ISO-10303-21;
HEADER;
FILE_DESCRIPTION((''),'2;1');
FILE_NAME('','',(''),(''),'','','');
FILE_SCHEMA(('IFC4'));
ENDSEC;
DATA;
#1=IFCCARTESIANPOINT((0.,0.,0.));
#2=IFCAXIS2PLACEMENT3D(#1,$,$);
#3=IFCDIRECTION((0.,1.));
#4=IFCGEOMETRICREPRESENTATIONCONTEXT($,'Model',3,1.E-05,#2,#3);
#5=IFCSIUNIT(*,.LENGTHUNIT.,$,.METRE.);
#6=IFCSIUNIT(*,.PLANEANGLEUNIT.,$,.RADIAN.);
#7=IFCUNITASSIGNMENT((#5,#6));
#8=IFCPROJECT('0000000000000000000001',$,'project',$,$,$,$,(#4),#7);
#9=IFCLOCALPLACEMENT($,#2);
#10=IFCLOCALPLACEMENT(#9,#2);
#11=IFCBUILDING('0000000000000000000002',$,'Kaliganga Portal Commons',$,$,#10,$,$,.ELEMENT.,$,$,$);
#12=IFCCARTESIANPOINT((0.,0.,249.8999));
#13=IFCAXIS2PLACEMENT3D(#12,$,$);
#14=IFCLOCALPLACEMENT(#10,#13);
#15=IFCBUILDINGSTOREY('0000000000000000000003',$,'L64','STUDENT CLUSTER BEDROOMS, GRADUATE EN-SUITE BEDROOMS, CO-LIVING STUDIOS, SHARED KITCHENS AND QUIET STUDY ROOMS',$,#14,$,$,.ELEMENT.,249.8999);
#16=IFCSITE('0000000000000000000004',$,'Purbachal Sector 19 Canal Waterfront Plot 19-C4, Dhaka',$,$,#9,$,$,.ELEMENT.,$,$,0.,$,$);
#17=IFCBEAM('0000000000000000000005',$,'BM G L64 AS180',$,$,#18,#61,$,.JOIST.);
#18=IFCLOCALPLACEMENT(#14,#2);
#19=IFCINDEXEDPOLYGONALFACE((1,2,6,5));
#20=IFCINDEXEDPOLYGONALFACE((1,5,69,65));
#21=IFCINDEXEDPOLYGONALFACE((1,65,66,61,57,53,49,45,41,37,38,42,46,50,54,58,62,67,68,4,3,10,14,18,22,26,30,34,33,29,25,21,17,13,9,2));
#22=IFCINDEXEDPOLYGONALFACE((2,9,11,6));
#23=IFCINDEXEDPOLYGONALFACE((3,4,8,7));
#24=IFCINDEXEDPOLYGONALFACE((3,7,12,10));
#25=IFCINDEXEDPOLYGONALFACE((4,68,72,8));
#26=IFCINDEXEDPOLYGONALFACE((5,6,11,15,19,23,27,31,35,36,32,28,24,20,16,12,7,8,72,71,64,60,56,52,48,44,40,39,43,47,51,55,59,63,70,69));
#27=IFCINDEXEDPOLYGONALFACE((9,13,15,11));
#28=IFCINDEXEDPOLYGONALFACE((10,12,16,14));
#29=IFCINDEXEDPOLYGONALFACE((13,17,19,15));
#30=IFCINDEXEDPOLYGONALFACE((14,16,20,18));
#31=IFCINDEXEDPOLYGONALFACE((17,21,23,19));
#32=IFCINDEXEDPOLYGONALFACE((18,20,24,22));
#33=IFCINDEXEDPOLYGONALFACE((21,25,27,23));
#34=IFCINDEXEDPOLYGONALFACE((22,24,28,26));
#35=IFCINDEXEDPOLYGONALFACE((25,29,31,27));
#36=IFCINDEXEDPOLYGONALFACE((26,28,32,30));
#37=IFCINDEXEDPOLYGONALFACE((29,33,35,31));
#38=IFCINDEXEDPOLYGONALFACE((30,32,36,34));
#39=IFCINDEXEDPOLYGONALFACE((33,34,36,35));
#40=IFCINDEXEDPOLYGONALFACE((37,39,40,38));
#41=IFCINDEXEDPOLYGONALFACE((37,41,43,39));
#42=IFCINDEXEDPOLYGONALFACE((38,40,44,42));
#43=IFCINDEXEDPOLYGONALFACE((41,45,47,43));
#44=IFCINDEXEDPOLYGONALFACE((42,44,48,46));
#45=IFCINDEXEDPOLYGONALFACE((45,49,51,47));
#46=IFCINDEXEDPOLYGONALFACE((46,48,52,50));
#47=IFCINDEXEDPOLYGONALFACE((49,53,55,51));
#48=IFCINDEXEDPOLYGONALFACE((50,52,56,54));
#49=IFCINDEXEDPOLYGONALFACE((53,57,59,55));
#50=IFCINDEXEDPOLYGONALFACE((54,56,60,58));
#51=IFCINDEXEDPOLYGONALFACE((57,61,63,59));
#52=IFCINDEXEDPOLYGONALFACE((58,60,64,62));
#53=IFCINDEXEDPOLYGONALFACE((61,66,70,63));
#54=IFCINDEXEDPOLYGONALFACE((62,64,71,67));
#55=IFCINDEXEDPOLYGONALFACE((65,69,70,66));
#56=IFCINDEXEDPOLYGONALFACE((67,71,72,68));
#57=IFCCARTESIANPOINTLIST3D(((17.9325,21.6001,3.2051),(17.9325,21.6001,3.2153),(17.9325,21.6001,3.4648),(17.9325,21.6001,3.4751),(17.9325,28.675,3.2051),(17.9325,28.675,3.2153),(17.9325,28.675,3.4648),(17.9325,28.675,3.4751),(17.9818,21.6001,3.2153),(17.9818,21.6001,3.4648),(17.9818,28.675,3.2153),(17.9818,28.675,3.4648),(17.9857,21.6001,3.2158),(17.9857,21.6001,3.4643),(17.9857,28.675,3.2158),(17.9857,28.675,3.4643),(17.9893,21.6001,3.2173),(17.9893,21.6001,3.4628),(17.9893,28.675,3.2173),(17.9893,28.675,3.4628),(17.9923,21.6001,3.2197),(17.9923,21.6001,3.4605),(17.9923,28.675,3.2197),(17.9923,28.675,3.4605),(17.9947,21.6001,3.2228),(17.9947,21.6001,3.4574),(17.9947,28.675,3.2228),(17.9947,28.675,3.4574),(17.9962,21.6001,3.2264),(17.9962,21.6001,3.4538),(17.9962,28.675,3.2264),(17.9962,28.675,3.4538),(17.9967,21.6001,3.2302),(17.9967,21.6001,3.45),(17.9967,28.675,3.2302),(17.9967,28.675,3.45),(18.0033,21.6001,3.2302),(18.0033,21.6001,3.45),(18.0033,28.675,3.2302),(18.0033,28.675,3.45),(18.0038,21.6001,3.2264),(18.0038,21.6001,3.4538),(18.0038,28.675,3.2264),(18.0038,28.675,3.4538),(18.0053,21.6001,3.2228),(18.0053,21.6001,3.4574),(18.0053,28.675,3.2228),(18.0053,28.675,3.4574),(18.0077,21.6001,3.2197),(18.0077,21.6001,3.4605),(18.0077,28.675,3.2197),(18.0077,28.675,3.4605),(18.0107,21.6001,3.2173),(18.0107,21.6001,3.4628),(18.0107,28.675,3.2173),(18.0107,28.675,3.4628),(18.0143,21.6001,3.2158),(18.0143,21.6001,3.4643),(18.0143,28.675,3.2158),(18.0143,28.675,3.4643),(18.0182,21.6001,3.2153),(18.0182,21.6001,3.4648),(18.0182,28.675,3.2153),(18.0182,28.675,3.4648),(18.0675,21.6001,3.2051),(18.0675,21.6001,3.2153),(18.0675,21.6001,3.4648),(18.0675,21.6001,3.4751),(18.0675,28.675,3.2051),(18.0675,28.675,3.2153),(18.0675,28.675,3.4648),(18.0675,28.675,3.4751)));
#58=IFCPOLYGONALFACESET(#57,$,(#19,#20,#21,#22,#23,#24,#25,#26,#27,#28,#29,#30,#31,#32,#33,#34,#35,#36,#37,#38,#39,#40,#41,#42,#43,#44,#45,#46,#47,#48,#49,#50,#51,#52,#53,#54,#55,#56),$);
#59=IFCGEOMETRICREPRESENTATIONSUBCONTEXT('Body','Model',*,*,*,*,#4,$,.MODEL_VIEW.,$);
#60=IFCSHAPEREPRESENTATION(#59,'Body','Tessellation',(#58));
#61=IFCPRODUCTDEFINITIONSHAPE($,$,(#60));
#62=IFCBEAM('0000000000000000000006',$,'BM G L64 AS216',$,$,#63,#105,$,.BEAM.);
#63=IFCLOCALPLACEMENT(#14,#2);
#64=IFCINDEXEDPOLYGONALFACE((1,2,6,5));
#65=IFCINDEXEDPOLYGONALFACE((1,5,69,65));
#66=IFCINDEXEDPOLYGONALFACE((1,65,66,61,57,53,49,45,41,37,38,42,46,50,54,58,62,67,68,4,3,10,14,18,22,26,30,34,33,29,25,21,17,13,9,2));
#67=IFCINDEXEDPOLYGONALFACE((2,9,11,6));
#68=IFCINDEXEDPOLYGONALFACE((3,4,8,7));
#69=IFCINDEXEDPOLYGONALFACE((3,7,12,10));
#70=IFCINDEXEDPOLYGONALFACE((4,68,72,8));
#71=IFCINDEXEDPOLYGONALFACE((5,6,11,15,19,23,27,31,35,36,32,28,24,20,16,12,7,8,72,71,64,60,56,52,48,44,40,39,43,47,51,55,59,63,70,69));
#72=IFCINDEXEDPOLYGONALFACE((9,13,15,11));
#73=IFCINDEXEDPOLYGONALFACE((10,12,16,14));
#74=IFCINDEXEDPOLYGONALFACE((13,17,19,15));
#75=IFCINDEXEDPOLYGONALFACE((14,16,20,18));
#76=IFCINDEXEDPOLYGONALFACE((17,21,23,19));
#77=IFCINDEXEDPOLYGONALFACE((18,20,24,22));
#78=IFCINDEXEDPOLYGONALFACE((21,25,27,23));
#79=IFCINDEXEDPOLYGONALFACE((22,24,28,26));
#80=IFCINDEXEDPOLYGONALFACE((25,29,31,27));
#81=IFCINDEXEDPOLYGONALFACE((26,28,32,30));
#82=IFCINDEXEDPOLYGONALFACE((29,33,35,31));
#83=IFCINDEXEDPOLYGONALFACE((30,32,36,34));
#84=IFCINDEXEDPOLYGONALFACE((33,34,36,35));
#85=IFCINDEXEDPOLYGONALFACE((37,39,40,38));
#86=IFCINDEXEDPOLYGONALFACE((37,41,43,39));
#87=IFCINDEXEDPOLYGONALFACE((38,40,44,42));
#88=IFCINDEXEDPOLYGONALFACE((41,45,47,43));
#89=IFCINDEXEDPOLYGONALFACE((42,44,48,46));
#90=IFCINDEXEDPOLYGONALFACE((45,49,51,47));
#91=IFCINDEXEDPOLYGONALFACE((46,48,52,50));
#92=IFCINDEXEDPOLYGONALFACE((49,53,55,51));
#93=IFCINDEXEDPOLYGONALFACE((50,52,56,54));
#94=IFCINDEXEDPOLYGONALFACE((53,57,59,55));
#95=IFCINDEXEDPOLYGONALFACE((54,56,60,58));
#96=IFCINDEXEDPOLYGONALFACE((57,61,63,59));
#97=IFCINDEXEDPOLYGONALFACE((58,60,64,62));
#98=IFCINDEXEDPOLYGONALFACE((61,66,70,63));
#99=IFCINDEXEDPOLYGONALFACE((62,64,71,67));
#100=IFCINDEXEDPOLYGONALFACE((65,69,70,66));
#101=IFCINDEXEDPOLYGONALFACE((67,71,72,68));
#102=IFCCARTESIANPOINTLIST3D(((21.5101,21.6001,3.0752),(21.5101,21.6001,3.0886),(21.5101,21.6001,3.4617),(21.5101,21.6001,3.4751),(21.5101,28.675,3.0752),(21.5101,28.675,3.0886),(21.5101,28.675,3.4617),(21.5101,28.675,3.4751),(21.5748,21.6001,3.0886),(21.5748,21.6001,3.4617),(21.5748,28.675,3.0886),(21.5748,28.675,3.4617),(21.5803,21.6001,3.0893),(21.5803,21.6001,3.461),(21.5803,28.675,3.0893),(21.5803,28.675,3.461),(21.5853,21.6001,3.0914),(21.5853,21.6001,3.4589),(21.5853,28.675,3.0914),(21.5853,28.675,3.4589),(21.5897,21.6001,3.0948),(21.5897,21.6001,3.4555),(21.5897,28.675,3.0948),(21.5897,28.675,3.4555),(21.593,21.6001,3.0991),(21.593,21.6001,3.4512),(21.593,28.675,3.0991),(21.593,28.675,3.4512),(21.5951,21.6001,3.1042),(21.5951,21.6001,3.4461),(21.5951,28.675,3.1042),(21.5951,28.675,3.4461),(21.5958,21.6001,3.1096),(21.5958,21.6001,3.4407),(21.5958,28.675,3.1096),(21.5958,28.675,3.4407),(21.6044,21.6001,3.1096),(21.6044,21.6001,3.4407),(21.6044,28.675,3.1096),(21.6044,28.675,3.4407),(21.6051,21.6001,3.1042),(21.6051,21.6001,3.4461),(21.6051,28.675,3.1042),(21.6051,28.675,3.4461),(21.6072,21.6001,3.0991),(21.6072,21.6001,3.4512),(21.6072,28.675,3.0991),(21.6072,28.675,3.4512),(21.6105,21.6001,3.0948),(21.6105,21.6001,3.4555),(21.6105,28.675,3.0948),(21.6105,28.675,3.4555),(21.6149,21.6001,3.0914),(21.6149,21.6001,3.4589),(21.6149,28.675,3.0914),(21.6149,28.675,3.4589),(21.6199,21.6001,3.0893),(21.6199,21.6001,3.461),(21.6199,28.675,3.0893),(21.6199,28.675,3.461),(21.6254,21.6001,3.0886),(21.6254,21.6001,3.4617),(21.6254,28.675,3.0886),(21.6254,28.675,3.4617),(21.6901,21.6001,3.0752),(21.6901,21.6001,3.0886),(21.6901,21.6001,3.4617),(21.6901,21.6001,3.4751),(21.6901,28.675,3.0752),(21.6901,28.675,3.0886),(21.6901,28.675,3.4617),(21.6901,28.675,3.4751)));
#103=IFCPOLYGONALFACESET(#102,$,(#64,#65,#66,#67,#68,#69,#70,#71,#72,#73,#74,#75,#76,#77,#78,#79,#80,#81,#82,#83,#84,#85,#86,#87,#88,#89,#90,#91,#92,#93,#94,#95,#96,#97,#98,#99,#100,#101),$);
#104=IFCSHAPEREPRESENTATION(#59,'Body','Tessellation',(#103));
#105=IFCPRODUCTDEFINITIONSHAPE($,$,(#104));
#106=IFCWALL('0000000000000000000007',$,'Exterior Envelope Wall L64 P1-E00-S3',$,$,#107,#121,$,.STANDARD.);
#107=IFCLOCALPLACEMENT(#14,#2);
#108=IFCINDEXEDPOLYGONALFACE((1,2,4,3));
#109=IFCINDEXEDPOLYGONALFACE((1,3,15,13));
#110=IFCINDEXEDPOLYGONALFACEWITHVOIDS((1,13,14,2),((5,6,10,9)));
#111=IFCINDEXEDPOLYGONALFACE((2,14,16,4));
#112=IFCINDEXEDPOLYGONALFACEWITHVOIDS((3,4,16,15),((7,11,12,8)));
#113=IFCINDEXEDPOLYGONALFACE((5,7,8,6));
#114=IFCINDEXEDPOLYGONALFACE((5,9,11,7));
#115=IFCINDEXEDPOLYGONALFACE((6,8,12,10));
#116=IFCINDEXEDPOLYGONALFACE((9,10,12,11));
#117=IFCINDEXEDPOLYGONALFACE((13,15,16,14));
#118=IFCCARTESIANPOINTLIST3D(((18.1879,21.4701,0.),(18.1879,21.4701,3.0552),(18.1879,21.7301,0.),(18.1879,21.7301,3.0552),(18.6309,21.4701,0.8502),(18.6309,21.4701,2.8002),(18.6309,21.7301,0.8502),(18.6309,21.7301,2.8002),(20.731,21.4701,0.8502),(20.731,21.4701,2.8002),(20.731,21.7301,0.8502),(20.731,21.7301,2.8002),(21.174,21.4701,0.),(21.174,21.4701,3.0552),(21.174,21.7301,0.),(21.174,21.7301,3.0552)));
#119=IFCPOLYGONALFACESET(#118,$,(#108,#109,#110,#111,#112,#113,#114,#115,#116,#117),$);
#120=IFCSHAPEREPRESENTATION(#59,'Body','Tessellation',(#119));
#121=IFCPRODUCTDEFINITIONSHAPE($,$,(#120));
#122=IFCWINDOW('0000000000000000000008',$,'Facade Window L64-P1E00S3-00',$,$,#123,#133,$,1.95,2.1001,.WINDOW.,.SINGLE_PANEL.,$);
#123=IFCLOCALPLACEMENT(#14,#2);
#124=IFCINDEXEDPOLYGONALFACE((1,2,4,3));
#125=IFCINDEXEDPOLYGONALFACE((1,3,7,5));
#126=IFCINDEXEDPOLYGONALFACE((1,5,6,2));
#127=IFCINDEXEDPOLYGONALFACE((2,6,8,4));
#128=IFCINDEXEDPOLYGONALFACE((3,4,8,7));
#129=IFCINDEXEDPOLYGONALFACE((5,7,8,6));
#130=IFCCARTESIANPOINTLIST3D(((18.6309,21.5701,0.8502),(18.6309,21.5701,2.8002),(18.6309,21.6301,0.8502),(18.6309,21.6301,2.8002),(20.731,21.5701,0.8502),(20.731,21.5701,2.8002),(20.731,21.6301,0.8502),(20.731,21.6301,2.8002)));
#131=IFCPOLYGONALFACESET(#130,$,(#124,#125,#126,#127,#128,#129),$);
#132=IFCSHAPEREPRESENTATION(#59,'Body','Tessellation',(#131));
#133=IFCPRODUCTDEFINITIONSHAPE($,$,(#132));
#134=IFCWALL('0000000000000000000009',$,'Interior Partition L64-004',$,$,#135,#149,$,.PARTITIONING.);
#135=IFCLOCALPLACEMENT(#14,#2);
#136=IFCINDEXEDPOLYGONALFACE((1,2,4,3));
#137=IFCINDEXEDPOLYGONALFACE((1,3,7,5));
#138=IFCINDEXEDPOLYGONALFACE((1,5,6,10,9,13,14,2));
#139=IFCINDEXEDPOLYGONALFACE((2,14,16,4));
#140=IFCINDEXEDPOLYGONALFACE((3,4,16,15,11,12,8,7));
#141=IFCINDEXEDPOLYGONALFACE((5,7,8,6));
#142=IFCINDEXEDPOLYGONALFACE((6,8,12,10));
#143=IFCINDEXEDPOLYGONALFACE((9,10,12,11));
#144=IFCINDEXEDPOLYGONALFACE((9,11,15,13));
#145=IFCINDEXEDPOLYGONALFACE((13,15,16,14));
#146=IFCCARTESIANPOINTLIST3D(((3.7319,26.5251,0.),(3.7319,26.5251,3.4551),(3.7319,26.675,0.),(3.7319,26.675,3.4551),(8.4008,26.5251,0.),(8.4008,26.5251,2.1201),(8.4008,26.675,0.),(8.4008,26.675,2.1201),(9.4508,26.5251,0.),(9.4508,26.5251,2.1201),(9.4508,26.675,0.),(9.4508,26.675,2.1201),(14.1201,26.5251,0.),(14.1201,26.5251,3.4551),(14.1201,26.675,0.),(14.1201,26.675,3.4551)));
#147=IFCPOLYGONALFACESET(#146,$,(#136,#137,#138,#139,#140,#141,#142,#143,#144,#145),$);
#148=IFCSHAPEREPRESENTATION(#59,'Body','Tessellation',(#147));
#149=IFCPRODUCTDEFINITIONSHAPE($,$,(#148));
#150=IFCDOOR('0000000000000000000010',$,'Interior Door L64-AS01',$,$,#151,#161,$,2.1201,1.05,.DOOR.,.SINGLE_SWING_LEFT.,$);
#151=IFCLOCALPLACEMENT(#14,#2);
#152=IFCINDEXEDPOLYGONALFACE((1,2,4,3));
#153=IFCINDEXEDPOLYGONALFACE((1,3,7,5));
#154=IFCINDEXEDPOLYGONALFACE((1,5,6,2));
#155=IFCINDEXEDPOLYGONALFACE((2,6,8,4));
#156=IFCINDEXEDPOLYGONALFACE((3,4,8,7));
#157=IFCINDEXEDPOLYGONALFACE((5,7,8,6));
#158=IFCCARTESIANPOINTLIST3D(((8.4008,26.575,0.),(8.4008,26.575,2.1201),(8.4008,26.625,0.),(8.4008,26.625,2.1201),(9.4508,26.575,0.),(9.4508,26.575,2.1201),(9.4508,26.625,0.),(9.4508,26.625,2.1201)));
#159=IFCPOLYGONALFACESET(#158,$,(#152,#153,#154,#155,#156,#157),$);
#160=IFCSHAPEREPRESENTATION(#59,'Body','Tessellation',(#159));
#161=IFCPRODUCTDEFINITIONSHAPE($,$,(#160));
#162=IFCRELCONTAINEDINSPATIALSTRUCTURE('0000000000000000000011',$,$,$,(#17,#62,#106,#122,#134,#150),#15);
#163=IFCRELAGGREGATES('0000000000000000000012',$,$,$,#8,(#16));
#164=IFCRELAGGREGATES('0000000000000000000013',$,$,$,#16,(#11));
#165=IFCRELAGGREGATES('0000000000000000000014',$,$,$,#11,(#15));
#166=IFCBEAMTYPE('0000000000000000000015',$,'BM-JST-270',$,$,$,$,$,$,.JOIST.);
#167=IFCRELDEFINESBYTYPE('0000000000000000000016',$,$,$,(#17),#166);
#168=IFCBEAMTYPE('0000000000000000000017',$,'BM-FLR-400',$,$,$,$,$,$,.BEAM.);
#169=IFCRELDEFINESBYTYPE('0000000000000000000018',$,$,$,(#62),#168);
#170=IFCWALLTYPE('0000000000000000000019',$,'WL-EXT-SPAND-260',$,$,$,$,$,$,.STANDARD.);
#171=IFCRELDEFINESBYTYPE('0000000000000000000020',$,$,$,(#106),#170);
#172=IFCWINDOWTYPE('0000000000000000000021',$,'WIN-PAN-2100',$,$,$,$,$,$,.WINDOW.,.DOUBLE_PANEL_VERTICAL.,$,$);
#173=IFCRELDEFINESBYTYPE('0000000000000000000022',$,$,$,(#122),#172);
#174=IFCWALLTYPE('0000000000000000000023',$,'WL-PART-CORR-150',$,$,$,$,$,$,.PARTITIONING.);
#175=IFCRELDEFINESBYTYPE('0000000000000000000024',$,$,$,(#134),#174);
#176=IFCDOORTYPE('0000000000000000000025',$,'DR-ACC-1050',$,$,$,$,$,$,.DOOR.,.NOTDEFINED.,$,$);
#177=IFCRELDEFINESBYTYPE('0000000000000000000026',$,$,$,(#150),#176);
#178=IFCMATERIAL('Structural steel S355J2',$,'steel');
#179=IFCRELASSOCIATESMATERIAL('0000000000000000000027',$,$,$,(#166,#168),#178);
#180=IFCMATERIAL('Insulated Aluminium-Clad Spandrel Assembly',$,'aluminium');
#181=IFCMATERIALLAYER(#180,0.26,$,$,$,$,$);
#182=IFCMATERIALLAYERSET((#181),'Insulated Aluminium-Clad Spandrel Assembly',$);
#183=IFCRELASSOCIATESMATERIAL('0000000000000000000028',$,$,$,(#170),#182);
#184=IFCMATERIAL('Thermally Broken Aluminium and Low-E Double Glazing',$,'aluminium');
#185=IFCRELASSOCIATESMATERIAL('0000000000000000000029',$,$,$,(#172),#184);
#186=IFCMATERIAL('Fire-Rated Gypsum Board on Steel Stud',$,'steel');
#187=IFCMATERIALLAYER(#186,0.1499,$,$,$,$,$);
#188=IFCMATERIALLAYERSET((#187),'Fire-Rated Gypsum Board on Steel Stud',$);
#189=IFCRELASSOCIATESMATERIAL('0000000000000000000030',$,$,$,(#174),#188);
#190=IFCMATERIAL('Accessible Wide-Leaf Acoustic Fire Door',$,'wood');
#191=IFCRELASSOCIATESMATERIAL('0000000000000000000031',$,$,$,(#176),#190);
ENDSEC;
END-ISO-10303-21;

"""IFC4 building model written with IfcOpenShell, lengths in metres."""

from ifc_helpers import new_model, si_unit, direction, frame, frame_2d, origin, origin_2d, place, context, subcontext, project, spatial, rectangle, i_section, extrude, source, transform, mapped, material, layer, layer_set, material_profile, profile_set, type_object, element, fill, save


model = new_model("IFC4")

# Units and contexts
model_context = context("Model", 3, precision=1e-05, world=origin(), true_north=direction((0.0, 1.0)))
body_context = subcontext(model_context, "Body", "Model", "MODEL_VIEW")
ifc_project = project(units=[si_unit("LENGTHUNIT", "METRE"), si_unit("PLANEANGLEUNIT", "RADIAN")], contexts=[model_context])

# Site, building, storey
site_placement = place(None, origin())
site = spatial("IfcSite", under=ifc_project, at=site_placement, Name="Purbachal Sector 19 Canal Waterfront Plot 19-C4, Dhaka", CompositionType="ELEMENT", RefElevation=0.0)
building_placement = place(site_placement, origin())
building = spatial("IfcBuilding", under=site, at=building_placement, Name="Kaliganga Portal Commons", CompositionType="ELEMENT")
storey_placement = place(building_placement, frame((0.0, 0.0, 249.8999)))
storey = spatial("IfcBuildingStorey", under=building, at=storey_placement, Name="L64", Description="STUDENT CLUSTER BEDROOMS, GRADUATE EN-SUITE BEDROOMS, CO-LIVING STUDIOS, SHARED KITCHENS AND QUIET STUDY ROOMS", CompositionType="ELEMENT", Elevation=249.8999)

# Shared definitions
ifc_material_1 = material(Name="Structural steel S355J2", Category="steel")

# Beams
ifc_material_profile_1 = material_profile(ifc_material_1, i_section(OverallWidth=0.135, OverallDepth=0.27, WebThickness=0.0066, FlangeThickness=0.0103, FilletRadius=0.0149, at=origin_2d()), Name="IPE 270")
ifc_profile_set_1 = profile_set([ifc_material_profile_1], Name="Structural steel S355J2 wide-flange")
beam_type_1 = type_object("IfcBeamType", Name="BM-JST-270", PredefinedType="JOIST", material=ifc_profile_set_1)
shared_shape_1 = source(origin(), body_context, "Body", "SweptSolid", [
    extrude(i_section(OverallWidth=0.135, OverallDepth=0.27, WebThickness=0.0066, FlangeThickness=0.0103, FilletRadius=0.0149, at=origin_2d()), origin(), (0.0, 0.0, 1.0), 7.075),
])
beam_1_placement = place(storey_placement, frame((18.0, 21.6001, 3.3401), z_axis=(0.0, 1.0, 0.0), x_axis=(-1.0, 0.0, 0.0)))
element("IfcBeam", 1, at=beam_1_placement, inside=storey, type_object=beam_type_1, Name="BM G L64 AS180", PredefinedType="JOIST", context=body_context, shape_type="MappedRepresentation", body=[
    mapped(shared_shape_1, transform((0.0, 0.0, 0.0), x_axis=(1.0, 0.0, 0.0), y_axis=(0.0, 1.0, 0.0), z_axis=(0.0, 0.0, 1.0), scale=1.0)),
])
ifc_material_profile_2 = material_profile(ifc_material_1, i_section(OverallWidth=0.1799, OverallDepth=0.3999, WebThickness=0.0085, FlangeThickness=0.0134, FilletRadius=0.021, at=origin_2d()), Name="IPE 400")
ifc_profile_set_2 = profile_set([ifc_material_profile_2], Name="Structural steel S355J2 wide-flange")
beam_type_2 = type_object("IfcBeamType", Name="BM-FLR-400", PredefinedType="BEAM", material=ifc_profile_set_2)
shared_shape_2 = source(origin(), body_context, "Body", "SweptSolid", [
    extrude(i_section(OverallWidth=0.1799, OverallDepth=0.3999, WebThickness=0.0085, FlangeThickness=0.0134, FilletRadius=0.021, at=origin_2d()), origin(), (0.0, 0.0, 1.0), 7.075),
])
beam_2_placement = place(storey_placement, frame((21.6001, 21.6001, 3.2751), z_axis=(0.0, 1.0, 0.0), x_axis=(-1.0, 0.0, 0.0)))
element("IfcBeam", 2, at=beam_2_placement, inside=storey, type_object=beam_type_2, Name="BM G L64 AS216", PredefinedType="BEAM", context=body_context, shape_type="MappedRepresentation", body=[
    mapped(shared_shape_2, transform((0.0, 0.0, 0.0), x_axis=(1.0, 0.0, 0.0), y_axis=(0.0, 1.0, 0.0), z_axis=(0.0, 0.0, 1.0), scale=1.0)),
])

# Wall, opening, window
ifc_material_2 = material(Name="Insulated Aluminium-Clad Spandrel Assembly", Category="aluminium")
ifc_layer_1 = layer(ifc_material_2, 0.26)
ifc_layer_set_1 = layer_set([ifc_layer_1], Name="Insulated Aluminium-Clad Spandrel Assembly")
wall_type_1 = type_object("IfcWallType", Name="WL-EXT-SPAND-260", PredefinedType="STANDARD", material=ifc_layer_set_1)
wall_1_placement = place(storey_placement, frame((21.1741, 21.6001, 0.0), z_axis=(0.0, 0.0, 1.0), x_axis=(-1.0, 0.0, 0.0)))
wall_1 = element("IfcWall", 3, at=wall_1_placement, inside=storey, type_object=wall_type_1, Name="Exterior Envelope Wall L64 P1-E00-S3", PredefinedType="STANDARD", context=body_context, shape_type="SweptSolid", body=[
    extrude(rectangle(XDim=2.9861, YDim=0.26, at=frame_2d((1.4932, 0.0))), origin(), (0.0, 0.0, 1.0), 3.0552),
])
opening_1_placement = place(wall_1_placement, frame((0.4431, 0.0, 0.8501)))
opening_1 = element("IfcOpeningElement", 4, at=opening_1_placement, cuts=wall_1, PredefinedType="OPENING", context=body_context, shape_type="SweptSolid", body=[
    extrude(rectangle(XDim=2.1001, YDim=1.95, at=frame_2d((1.05, 0.9751))), frame((0.0, 0.1401, 0.0), z_axis=(0.0, -1.0, 0.0), x_axis=(1.0, 0.0, 0.0)), (0.0, 0.0, 1.0), 0.28),
])
ifc_material_3 = material(Name="Thermally Broken Aluminium and Low-E Double Glazing", Category="aluminium")
window_type = type_object("IfcWindowType", Name="WIN-PAN-2100", PartitioningType="DOUBLE_PANEL_VERTICAL", PredefinedType="WINDOW", material=ifc_material_3)
window_placement = place(opening_1_placement, origin())
window = element("IfcWindow", 5, at=window_placement, inside=storey, type_object=window_type, Name="Facade Window L64-P1E00S3-00", OverallHeight=1.95, OverallWidth=2.1001, PartitioningType="SINGLE_PANEL", PredefinedType="WINDOW", context=body_context, shape_type="SweptSolid", body=[
    extrude(rectangle(XDim=2.1001, YDim=1.95, at=frame_2d((1.05, 0.9751))), frame((0.0, 0.03, 0.0), z_axis=(0.0, -1.0, 0.0), x_axis=(1.0, 0.0, 0.0)), (0.0, 0.0, 1.0), 0.0601),
])
fill(opening_1, window)

# Wall, opening, door
ifc_material_4 = material(Name="Fire-Rated Gypsum Board on Steel Stud", Category="steel")
ifc_layer_2 = layer(ifc_material_4, 0.1499)
ifc_layer_set_2 = layer_set([ifc_layer_2], Name="Fire-Rated Gypsum Board on Steel Stud")
wall_type_2 = type_object("IfcWallType", Name="WL-PART-CORR-150", PredefinedType="PARTITIONING", material=ifc_layer_set_2)
wall_2_placement = place(storey_placement, frame((3.7319, 26.6001, 0.0), z_axis=(0.0, 0.0, 1.0), x_axis=(1.0, 0.0, 0.0)))
wall_2 = element("IfcWall", 6, at=wall_2_placement, inside=storey, type_object=wall_type_2, Name="Interior Partition L64-004", PredefinedType="PARTITIONING", context=body_context, shape_type="SweptSolid", body=[
    extrude(rectangle(XDim=10.3882, YDim=0.1499, at=frame_2d((5.1941, 0.0))), origin(), (0.0, 0.0, 1.0), 3.4551),
])
opening_2_placement = place(wall_2_placement, frame((4.6689, 0.0, 0.0)))
opening_2 = element("IfcOpeningElement", 7, at=opening_2_placement, cuts=wall_2, PredefinedType="OPENING", context=body_context, shape_type="SweptSolid", body=[
    extrude(rectangle(XDim=1.05, YDim=2.1201, at=frame_2d((0.5249, 1.0601))), frame((0.0, 0.085, 0.0), z_axis=(0.0, -1.0, 0.0), x_axis=(1.0, 0.0, 0.0)), (0.0, 0.0, 1.0), 0.1699),
])
ifc_material_5 = material(Name="Accessible Wide-Leaf Acoustic Fire Door", Category="wood")
door_type_1 = type_object("IfcDoorType", Name="DR-ACC-1050", OperationType="NOTDEFINED", PredefinedType="DOOR", material=ifc_material_5)
door_1_placement = place(opening_2_placement, origin())
door_1 = element("IfcDoor", 8, at=door_1_placement, inside=storey, type_object=door_type_1, Name="Interior Door L64-AS01", OperationType="SINGLE_SWING_LEFT", OverallHeight=2.1201, OverallWidth=1.05, PredefinedType="DOOR", context=body_context, shape_type="SweptSolid", body=[
    extrude(rectangle(XDim=1.05, YDim=2.1201, at=frame_2d((0.5249, 1.0601))), frame((0.0, 0.0249, 0.0), z_axis=(0.0, -1.0, 0.0), x_axis=(1.0, 0.0, 0.0)), (0.0, 0.0, 1.0), 0.05),
])
fill(opening_2, door_1)

save(model, "model.ifc")
